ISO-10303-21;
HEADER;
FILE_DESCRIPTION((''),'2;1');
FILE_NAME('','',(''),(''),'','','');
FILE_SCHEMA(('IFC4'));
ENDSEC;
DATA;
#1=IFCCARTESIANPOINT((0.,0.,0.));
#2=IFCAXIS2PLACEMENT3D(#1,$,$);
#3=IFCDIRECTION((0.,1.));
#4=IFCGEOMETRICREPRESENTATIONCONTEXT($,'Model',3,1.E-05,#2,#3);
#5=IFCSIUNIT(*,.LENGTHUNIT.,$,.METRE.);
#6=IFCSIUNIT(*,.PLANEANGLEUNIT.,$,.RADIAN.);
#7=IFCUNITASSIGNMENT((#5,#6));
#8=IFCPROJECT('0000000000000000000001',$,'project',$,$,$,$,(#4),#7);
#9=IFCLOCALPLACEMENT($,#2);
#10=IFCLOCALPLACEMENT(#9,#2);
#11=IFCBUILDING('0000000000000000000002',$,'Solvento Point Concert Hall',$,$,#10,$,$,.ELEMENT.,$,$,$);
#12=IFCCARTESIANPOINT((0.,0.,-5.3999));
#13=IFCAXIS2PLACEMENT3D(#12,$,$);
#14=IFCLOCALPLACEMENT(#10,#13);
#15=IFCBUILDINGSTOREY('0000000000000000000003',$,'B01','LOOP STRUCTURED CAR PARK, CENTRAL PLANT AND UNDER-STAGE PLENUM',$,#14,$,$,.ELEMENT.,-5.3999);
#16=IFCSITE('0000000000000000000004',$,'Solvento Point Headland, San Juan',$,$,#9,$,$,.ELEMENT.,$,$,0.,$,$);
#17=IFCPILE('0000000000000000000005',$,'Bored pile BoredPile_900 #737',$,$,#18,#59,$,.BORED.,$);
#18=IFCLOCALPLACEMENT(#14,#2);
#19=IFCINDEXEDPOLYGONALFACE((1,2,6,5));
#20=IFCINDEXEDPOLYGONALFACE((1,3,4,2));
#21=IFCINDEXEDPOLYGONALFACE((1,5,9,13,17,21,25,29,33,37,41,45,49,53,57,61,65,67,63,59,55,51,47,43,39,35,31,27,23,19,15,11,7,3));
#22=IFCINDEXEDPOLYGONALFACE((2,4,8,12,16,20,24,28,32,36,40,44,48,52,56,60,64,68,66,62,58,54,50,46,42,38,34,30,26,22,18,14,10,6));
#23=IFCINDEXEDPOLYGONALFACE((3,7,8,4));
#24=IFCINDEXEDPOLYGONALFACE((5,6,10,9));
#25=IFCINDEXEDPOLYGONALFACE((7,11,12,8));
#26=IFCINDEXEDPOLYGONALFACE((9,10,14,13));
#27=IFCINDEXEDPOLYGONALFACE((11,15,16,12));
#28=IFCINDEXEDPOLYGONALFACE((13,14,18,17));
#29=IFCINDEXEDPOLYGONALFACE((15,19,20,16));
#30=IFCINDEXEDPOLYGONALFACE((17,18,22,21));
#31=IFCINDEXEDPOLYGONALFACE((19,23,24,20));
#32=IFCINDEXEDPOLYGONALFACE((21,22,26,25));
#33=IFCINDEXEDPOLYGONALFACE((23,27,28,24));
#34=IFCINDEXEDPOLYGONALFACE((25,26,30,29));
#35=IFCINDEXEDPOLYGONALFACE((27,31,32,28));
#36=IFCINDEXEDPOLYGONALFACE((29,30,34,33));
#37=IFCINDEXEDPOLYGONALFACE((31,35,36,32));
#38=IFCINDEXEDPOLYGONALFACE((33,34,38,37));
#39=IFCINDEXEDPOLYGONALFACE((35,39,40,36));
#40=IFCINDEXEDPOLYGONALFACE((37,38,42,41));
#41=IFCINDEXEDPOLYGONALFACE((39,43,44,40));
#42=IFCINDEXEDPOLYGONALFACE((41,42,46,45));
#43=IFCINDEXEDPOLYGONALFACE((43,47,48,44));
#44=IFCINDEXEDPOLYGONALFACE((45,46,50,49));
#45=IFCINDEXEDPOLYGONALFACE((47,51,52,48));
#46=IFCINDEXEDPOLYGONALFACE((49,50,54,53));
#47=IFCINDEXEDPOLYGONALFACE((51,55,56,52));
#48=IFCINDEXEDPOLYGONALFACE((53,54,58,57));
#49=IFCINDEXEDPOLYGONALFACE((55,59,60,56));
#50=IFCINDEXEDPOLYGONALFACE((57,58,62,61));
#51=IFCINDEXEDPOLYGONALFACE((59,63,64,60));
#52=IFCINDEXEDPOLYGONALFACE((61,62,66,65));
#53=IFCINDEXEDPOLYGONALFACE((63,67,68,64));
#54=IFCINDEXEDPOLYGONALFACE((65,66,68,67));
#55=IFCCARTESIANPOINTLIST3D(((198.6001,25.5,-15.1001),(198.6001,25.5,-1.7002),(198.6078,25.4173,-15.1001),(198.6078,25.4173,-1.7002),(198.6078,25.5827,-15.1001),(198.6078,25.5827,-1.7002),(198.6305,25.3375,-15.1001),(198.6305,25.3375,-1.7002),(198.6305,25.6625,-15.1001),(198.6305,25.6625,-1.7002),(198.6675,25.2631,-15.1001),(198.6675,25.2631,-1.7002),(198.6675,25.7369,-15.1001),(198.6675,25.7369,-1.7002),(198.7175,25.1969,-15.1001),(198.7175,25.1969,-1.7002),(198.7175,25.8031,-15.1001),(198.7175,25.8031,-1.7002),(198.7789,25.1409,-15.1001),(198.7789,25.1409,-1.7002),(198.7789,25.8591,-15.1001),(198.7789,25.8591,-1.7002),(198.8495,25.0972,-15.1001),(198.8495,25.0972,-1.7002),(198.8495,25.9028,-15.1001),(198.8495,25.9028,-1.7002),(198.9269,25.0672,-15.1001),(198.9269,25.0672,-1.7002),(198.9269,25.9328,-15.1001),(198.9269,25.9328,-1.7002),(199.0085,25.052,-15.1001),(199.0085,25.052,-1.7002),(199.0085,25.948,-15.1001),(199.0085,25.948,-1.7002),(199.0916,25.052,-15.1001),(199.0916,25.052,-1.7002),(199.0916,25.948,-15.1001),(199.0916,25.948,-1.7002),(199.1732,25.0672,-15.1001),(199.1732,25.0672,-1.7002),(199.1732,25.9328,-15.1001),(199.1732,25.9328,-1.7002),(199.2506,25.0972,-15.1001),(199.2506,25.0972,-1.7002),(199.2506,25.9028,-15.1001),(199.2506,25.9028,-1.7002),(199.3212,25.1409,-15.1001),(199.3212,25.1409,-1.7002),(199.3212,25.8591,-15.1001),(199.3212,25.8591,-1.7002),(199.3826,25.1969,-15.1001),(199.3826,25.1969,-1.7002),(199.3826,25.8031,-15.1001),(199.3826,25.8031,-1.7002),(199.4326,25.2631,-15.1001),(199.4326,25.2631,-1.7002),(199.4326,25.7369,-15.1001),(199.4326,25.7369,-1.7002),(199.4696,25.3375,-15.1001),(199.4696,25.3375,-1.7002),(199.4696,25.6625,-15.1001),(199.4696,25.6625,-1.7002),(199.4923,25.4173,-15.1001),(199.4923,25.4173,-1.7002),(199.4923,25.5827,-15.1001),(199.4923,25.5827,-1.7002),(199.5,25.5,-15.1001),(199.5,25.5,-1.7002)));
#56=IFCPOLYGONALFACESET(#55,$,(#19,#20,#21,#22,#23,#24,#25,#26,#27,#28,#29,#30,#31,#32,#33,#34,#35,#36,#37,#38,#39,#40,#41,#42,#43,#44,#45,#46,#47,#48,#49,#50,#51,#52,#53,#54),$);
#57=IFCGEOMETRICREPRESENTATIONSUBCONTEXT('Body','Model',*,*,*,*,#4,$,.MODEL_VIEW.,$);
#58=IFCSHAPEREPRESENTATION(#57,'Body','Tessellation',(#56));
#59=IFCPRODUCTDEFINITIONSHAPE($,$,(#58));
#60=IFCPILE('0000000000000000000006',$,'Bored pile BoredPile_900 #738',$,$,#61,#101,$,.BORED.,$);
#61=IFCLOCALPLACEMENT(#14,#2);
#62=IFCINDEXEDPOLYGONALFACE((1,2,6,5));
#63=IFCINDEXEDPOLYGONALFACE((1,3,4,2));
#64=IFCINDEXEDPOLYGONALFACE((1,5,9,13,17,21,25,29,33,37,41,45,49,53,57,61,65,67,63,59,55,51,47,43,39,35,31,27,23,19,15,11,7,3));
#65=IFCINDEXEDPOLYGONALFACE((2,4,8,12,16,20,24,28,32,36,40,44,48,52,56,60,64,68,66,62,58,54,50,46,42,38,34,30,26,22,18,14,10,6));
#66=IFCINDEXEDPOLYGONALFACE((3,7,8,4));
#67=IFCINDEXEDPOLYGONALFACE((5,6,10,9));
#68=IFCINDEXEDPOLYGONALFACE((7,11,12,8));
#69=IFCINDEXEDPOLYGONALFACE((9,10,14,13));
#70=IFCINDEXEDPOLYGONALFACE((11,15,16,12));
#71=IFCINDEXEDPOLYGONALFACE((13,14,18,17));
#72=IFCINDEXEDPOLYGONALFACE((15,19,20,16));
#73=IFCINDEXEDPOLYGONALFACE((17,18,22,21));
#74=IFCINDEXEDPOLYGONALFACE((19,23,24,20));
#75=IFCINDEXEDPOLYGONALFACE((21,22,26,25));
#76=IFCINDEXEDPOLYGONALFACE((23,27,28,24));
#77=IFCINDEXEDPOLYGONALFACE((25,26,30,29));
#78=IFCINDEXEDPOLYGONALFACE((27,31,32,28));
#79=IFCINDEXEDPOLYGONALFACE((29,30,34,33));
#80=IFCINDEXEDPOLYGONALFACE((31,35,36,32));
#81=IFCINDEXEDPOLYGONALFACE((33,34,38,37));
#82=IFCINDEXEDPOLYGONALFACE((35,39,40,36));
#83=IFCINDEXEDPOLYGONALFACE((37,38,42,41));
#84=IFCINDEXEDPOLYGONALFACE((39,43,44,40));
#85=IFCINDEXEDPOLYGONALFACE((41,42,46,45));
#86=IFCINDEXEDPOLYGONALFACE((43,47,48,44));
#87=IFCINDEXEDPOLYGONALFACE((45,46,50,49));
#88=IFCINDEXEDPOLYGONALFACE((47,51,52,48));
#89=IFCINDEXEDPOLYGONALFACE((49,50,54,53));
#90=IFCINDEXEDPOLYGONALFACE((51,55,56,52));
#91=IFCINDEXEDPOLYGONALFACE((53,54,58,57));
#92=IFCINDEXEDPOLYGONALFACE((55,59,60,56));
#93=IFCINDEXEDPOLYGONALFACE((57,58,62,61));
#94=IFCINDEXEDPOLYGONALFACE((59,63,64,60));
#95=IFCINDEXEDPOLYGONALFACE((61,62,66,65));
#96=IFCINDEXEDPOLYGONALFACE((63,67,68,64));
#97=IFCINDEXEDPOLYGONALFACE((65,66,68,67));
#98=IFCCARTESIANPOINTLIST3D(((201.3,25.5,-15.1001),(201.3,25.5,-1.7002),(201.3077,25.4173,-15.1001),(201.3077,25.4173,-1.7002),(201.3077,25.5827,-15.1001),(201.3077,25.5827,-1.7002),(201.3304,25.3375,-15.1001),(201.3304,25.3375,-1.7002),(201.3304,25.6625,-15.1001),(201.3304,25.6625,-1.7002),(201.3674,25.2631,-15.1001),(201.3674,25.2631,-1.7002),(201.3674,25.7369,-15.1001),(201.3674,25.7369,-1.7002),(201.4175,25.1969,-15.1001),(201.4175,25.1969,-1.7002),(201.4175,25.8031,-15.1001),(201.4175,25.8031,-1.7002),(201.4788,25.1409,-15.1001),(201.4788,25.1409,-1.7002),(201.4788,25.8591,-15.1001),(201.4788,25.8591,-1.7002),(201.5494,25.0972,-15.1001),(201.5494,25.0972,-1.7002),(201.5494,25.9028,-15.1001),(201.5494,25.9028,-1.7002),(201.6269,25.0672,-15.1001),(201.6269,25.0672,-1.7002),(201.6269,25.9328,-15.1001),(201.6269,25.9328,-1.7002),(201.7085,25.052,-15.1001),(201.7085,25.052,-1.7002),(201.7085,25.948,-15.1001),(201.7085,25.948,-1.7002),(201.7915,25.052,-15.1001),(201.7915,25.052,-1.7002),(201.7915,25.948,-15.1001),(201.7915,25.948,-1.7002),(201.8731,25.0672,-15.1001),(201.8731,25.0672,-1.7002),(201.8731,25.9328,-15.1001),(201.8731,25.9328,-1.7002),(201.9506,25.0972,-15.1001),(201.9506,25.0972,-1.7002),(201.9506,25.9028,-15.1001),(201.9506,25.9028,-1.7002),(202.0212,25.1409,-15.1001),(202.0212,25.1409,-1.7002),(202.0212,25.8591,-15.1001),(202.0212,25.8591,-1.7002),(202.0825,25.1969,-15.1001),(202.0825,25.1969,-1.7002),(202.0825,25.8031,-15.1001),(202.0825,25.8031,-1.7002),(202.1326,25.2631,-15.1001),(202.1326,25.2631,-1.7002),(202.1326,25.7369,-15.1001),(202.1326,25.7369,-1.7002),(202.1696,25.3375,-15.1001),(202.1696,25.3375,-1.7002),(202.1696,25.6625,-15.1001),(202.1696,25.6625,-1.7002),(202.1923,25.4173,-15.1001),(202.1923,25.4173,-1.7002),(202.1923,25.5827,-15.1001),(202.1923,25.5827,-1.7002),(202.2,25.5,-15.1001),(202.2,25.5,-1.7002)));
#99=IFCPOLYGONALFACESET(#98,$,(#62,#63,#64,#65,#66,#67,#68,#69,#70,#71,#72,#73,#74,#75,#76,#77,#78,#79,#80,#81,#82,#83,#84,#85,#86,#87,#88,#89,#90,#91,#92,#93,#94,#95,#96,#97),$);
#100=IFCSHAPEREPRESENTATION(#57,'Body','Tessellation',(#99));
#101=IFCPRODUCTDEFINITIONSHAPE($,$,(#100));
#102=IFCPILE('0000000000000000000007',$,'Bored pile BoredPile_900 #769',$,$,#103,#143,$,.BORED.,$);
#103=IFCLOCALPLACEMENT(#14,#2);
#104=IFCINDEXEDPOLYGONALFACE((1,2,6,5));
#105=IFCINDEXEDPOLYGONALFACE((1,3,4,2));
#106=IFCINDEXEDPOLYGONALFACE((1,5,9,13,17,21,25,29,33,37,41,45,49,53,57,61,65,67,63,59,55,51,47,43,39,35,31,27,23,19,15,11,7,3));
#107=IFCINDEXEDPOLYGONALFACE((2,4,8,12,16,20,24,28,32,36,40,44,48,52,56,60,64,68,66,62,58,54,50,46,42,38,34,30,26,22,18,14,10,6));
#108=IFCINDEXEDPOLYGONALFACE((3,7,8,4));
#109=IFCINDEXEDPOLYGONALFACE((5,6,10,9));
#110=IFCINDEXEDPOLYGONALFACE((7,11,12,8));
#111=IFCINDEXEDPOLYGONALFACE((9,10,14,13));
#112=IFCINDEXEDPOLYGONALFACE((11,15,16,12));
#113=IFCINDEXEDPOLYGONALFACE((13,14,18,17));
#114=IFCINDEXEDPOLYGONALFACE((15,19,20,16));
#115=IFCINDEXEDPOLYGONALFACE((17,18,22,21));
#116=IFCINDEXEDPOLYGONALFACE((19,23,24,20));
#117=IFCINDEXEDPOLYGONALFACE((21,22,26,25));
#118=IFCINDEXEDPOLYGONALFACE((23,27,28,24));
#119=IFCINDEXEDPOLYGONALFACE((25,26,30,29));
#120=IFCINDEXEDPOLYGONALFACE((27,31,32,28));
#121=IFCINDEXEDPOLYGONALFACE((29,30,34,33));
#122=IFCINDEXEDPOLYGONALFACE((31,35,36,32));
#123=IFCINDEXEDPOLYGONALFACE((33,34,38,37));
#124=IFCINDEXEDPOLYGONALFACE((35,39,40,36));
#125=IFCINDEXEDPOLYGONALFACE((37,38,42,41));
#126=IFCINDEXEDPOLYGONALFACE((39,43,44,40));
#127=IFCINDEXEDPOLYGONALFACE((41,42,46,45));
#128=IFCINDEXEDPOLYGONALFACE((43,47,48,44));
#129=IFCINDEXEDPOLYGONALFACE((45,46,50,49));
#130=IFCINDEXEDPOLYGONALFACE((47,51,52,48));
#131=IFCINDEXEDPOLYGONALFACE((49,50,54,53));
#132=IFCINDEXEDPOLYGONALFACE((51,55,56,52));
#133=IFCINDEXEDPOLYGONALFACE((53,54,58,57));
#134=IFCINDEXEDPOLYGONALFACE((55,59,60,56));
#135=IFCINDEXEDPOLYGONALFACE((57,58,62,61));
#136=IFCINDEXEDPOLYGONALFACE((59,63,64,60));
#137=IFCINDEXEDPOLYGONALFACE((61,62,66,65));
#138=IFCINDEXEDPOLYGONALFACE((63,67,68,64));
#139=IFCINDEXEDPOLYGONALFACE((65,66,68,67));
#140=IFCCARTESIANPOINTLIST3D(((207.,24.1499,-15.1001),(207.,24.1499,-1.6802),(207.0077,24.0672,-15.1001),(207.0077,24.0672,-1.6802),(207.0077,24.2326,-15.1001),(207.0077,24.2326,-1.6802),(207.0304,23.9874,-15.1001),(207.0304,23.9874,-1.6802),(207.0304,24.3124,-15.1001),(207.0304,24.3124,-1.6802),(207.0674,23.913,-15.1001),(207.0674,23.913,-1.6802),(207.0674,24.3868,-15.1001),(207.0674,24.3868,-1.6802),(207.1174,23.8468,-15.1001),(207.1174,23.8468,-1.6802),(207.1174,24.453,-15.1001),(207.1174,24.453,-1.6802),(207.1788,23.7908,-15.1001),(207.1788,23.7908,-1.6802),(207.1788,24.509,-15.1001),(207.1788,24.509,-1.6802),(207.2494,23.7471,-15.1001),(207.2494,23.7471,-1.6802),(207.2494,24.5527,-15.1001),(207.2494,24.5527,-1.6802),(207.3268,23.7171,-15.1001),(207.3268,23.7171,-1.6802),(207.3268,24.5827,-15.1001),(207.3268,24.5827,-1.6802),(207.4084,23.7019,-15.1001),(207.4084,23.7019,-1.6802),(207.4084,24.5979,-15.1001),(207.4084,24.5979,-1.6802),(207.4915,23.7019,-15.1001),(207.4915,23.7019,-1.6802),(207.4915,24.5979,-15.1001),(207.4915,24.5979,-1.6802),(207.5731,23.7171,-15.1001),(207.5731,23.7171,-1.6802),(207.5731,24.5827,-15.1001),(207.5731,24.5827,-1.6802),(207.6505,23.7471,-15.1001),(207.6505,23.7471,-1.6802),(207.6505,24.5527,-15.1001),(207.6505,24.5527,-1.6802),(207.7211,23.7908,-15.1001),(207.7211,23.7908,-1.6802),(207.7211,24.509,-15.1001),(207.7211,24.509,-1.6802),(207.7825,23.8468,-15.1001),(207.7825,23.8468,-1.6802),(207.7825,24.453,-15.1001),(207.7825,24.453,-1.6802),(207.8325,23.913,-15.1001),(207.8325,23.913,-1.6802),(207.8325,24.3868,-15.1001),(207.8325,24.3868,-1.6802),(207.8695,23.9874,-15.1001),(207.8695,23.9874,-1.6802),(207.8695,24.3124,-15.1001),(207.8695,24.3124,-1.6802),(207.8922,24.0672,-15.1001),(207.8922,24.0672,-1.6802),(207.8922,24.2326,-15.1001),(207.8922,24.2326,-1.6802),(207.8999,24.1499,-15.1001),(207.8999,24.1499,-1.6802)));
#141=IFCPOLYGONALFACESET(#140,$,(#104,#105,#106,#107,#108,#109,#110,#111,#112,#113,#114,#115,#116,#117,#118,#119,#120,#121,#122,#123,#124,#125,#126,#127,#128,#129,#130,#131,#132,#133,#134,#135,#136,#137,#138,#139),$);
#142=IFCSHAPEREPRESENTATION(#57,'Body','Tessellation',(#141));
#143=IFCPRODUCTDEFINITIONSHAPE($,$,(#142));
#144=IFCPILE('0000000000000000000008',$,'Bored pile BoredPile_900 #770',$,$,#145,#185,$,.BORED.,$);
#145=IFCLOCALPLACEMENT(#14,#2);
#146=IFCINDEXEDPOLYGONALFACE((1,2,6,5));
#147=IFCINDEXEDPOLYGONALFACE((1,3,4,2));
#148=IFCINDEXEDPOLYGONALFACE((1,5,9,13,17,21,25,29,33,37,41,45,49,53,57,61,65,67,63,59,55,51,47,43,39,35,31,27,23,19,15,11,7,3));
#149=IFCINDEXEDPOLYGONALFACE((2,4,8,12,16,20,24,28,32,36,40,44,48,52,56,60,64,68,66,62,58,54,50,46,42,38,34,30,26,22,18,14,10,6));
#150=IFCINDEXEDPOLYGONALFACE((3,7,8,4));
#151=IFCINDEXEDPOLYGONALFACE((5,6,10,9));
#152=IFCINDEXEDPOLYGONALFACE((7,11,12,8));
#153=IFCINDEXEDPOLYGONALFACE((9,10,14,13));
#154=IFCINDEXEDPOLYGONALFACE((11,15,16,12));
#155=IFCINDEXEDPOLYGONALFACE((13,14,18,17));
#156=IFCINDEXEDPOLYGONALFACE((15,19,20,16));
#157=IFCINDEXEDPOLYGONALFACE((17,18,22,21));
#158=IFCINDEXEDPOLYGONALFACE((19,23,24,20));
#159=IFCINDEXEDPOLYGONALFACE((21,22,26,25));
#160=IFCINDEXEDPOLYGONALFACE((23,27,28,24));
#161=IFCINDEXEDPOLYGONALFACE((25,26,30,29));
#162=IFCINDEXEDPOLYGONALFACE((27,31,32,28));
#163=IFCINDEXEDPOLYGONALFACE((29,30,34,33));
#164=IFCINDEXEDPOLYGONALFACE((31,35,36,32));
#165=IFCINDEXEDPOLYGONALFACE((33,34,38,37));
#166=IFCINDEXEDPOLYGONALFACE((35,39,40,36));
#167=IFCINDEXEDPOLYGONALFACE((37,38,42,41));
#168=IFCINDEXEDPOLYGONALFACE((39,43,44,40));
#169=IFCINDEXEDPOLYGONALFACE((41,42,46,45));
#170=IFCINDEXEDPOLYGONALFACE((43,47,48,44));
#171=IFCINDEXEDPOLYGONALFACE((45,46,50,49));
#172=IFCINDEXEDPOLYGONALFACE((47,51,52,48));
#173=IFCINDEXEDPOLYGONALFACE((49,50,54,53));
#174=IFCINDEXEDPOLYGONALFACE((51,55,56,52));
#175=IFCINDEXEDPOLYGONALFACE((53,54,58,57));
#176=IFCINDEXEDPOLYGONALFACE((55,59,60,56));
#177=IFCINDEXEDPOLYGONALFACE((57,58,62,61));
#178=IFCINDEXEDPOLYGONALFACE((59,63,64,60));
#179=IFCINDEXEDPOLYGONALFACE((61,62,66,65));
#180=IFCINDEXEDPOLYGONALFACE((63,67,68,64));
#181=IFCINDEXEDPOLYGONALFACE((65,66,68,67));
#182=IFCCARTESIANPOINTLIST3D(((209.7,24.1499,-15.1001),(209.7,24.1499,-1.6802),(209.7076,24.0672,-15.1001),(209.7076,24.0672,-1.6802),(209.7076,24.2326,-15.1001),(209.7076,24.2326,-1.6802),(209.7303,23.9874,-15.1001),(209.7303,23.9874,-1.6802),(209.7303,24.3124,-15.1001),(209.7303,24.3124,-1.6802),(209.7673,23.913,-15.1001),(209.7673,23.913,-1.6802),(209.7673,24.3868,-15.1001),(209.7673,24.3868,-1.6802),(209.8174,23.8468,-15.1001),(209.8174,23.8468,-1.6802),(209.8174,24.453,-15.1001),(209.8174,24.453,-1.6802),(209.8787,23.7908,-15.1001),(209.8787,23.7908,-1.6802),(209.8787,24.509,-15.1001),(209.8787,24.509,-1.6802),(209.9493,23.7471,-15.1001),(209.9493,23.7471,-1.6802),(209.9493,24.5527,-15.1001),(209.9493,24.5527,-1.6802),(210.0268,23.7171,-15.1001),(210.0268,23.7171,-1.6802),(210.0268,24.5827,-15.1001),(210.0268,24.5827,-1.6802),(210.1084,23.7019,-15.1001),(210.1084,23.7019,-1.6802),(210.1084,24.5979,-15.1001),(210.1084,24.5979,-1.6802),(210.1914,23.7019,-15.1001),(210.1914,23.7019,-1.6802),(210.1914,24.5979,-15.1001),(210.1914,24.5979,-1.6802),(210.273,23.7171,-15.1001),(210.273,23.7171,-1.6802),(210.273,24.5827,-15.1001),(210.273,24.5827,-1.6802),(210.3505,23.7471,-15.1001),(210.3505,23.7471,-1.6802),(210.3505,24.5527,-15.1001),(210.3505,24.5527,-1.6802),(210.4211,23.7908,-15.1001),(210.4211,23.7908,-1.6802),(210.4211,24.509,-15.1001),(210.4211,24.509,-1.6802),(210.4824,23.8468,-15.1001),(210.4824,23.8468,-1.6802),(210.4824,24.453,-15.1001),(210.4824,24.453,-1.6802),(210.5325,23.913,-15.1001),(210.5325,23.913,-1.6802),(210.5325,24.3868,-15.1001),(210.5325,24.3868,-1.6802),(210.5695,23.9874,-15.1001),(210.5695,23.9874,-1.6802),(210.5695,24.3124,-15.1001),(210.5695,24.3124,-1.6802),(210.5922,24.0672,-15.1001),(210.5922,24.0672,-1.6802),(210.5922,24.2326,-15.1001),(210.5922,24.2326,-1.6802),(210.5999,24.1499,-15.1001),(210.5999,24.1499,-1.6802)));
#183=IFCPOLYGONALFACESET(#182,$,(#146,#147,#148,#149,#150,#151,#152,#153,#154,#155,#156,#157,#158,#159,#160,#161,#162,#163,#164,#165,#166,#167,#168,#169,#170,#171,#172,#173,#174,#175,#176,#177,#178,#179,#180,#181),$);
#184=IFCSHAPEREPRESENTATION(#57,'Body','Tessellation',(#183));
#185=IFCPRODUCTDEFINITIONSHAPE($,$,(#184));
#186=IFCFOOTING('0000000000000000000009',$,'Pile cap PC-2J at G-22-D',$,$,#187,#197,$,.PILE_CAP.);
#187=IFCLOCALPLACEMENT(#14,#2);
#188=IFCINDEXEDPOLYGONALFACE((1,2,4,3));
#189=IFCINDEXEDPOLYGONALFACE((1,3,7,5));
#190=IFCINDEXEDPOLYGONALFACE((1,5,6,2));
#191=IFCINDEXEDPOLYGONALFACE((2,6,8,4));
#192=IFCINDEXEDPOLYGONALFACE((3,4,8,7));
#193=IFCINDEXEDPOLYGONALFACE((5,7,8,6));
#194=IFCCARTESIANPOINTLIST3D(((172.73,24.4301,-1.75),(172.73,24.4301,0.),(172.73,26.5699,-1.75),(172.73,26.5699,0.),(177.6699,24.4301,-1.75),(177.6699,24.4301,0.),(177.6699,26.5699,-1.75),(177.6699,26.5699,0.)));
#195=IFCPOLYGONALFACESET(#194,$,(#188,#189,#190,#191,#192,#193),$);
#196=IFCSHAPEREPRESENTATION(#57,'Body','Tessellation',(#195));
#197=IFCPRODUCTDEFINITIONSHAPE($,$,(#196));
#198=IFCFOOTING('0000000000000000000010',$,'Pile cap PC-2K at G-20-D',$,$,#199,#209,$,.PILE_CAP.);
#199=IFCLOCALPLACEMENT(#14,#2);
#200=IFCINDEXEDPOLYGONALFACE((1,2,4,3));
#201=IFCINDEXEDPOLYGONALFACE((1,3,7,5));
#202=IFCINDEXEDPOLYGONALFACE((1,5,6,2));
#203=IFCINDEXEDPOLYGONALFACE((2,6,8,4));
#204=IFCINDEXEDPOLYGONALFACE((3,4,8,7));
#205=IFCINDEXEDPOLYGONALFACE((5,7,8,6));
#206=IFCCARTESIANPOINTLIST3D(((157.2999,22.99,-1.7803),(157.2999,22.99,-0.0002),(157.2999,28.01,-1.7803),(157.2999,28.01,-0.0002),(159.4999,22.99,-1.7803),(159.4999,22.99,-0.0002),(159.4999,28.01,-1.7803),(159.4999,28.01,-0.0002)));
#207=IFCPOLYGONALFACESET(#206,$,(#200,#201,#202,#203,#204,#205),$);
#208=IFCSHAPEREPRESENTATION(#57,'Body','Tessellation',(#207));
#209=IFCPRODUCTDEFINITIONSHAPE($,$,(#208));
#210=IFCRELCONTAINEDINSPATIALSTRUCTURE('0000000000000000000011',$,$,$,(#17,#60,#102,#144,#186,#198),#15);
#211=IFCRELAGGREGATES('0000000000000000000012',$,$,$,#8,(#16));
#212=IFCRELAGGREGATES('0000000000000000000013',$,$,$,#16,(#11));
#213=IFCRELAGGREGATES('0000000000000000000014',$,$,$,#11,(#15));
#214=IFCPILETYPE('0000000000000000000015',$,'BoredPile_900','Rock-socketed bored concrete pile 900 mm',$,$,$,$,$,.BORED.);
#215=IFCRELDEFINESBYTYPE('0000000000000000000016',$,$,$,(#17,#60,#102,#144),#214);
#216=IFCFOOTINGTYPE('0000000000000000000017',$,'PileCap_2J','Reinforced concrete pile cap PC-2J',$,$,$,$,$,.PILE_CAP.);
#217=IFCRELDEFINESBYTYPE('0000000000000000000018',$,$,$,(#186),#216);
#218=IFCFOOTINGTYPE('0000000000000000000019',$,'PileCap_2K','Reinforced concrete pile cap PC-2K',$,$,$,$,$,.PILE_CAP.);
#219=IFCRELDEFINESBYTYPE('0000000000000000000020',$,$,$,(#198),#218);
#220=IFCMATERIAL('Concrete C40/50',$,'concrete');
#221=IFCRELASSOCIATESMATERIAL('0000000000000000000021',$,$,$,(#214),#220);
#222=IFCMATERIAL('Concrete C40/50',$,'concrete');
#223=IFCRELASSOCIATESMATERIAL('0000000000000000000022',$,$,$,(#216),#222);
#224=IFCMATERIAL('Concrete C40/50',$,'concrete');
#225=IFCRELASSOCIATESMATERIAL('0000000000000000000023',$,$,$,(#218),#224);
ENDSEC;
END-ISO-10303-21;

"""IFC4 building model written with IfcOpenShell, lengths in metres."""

from ifc_helpers import new_model, si_unit, direction, frame, origin, origin_2d, place, context, subcontext, project, spatial, rectangle, circle, extrude, material, material_profile, profile_set, type_object, element, save


model = new_model("IFC4")

# Units and contexts
model_context = context("Model", 3, precision=1e-05, world=origin(), true_north=direction((0.0, 1.0)))
body_context = subcontext(model_context, "Body", "Model", "MODEL_VIEW")
ifc_project = project(units=[si_unit("LENGTHUNIT", "METRE"), si_unit("PLANEANGLEUNIT", "RADIAN")], contexts=[model_context])

# Site, building, storey
site_placement = place(None, origin())
site = spatial("IfcSite", under=ifc_project, at=site_placement, Name="Solvento Point Headland, San Juan", CompositionType="ELEMENT", RefElevation=0.0)
building_placement = place(site_placement, origin())
building = spatial("IfcBuilding", under=site, at=building_placement, Name="Solvento Point Concert Hall", CompositionType="ELEMENT")
storey_placement = place(building_placement, frame((0.0, 0.0, -5.3999)))
storey = spatial("IfcBuildingStorey", under=building, at=storey_placement, Name="B01", Description="LOOP STRUCTURED CAR PARK, CENTRAL PLANT AND UNDER-STAGE PLENUM", CompositionType="ELEMENT", Elevation=-5.3999)

# Piles
ifc_material_1 = material(Name="Concrete C40/50", Category="concrete")
ifc_material_profile_1 = material_profile(ifc_material_1, circle(Radius=0.45, at=origin_2d()), Name="BP-900")
ifc_profile_set_1 = profile_set([ifc_material_profile_1], Name="Concrete C40/50")
pile_type_1 = type_object("IfcPileType", Name="BoredPile_900", Description="Rock-socketed bored concrete pile 900 mm", PredefinedType="BORED", material=ifc_profile_set_1)
for number, where, z_axis, x_axis, name in (
    (1, (199.05, 25.5, -1.7002), (0.0, 0.0, -1.0), (1.0, 0.0, 0.0), "Bored pile BoredPile_900 #737"),
    (2, (201.75, 25.5, -1.7002), (0.0, 0.0, -1.0), (1.0, 0.0, 0.0), "Bored pile BoredPile_900 #738"),
):
    element("IfcPile", number, at=place(storey_placement, frame(where, z_axis=z_axis, x_axis=x_axis)), inside=storey, type_object=pile_type_1, Name=name, PredefinedType="BORED", context=body_context, shape_type="SweptSolid", body=[
        extrude(circle(Radius=0.45, at=origin_2d()), origin(), (0.0, 0.0, 1.0), 13.3999),
    ])
for number, where, z_axis, x_axis, name in (
    (3, (207.45, 24.1499, -1.6802), (0.0, 0.0, -1.0), (1.0, 0.0, 0.0), "Bored pile BoredPile_900 #769"),
    (4, (210.1499, 24.1499, -1.6802), (0.0, 0.0, -1.0), (1.0, 0.0, 0.0), "Bored pile BoredPile_900 #770"),
):
    element("IfcPile", number, at=place(storey_placement, frame(where, z_axis=z_axis, x_axis=x_axis)), inside=storey, type_object=pile_type_1, Name=name, PredefinedType="BORED", context=body_context, shape_type="SweptSolid", body=[
        extrude(circle(Radius=0.45, at=origin_2d()), origin(), (0.0, 0.0, 1.0), 13.4199),
    ])

# Footings
ifc_material_2 = material(Name="Concrete C40/50", Category="concrete")
footing_type_1 = type_object("IfcFootingType", Name="PileCap_2J", Description="Reinforced concrete pile cap PC-2J", PredefinedType="PILE_CAP", material=ifc_material_2)
footing_1_placement = place(storey_placement, frame((175.2, 25.5, -1.75), z_axis=(0.0, 0.0, 1.0), x_axis=(1.0, 0.0, 0.0)))
element("IfcFooting", 5, at=footing_1_placement, inside=storey, type_object=footing_type_1, Name="Pile cap PC-2J at G-22-D", PredefinedType="PILE_CAP", context=body_context, shape_type="SweptSolid", body=[
    extrude(rectangle(XDim=4.9399, YDim=2.1399, at=origin_2d()), origin(), (0.0, 0.0, 1.0), 1.75),
])
ifc_material_3 = material(Name="Concrete C40/50", Category="concrete")
footing_type_2 = type_object("IfcFootingType", Name="PileCap_2K", Description="Reinforced concrete pile cap PC-2K", PredefinedType="PILE_CAP", material=ifc_material_3)
footing_2_placement = place(storey_placement, frame((158.3999, 25.5, -1.7803), z_axis=(0.0, 0.0, 1.0), x_axis=(1.0, 0.0, 0.0)))
element("IfcFooting", 6, at=footing_2_placement, inside=storey, type_object=footing_type_2, Name="Pile cap PC-2K at G-20-D", PredefinedType="PILE_CAP", context=body_context, shape_type="SweptSolid", body=[
    extrude(rectangle(XDim=2.2, YDim=5.02, at=origin_2d()), origin(), (0.0, 0.0, 1.0), 1.78),
])

save(model, "model.ifc")
